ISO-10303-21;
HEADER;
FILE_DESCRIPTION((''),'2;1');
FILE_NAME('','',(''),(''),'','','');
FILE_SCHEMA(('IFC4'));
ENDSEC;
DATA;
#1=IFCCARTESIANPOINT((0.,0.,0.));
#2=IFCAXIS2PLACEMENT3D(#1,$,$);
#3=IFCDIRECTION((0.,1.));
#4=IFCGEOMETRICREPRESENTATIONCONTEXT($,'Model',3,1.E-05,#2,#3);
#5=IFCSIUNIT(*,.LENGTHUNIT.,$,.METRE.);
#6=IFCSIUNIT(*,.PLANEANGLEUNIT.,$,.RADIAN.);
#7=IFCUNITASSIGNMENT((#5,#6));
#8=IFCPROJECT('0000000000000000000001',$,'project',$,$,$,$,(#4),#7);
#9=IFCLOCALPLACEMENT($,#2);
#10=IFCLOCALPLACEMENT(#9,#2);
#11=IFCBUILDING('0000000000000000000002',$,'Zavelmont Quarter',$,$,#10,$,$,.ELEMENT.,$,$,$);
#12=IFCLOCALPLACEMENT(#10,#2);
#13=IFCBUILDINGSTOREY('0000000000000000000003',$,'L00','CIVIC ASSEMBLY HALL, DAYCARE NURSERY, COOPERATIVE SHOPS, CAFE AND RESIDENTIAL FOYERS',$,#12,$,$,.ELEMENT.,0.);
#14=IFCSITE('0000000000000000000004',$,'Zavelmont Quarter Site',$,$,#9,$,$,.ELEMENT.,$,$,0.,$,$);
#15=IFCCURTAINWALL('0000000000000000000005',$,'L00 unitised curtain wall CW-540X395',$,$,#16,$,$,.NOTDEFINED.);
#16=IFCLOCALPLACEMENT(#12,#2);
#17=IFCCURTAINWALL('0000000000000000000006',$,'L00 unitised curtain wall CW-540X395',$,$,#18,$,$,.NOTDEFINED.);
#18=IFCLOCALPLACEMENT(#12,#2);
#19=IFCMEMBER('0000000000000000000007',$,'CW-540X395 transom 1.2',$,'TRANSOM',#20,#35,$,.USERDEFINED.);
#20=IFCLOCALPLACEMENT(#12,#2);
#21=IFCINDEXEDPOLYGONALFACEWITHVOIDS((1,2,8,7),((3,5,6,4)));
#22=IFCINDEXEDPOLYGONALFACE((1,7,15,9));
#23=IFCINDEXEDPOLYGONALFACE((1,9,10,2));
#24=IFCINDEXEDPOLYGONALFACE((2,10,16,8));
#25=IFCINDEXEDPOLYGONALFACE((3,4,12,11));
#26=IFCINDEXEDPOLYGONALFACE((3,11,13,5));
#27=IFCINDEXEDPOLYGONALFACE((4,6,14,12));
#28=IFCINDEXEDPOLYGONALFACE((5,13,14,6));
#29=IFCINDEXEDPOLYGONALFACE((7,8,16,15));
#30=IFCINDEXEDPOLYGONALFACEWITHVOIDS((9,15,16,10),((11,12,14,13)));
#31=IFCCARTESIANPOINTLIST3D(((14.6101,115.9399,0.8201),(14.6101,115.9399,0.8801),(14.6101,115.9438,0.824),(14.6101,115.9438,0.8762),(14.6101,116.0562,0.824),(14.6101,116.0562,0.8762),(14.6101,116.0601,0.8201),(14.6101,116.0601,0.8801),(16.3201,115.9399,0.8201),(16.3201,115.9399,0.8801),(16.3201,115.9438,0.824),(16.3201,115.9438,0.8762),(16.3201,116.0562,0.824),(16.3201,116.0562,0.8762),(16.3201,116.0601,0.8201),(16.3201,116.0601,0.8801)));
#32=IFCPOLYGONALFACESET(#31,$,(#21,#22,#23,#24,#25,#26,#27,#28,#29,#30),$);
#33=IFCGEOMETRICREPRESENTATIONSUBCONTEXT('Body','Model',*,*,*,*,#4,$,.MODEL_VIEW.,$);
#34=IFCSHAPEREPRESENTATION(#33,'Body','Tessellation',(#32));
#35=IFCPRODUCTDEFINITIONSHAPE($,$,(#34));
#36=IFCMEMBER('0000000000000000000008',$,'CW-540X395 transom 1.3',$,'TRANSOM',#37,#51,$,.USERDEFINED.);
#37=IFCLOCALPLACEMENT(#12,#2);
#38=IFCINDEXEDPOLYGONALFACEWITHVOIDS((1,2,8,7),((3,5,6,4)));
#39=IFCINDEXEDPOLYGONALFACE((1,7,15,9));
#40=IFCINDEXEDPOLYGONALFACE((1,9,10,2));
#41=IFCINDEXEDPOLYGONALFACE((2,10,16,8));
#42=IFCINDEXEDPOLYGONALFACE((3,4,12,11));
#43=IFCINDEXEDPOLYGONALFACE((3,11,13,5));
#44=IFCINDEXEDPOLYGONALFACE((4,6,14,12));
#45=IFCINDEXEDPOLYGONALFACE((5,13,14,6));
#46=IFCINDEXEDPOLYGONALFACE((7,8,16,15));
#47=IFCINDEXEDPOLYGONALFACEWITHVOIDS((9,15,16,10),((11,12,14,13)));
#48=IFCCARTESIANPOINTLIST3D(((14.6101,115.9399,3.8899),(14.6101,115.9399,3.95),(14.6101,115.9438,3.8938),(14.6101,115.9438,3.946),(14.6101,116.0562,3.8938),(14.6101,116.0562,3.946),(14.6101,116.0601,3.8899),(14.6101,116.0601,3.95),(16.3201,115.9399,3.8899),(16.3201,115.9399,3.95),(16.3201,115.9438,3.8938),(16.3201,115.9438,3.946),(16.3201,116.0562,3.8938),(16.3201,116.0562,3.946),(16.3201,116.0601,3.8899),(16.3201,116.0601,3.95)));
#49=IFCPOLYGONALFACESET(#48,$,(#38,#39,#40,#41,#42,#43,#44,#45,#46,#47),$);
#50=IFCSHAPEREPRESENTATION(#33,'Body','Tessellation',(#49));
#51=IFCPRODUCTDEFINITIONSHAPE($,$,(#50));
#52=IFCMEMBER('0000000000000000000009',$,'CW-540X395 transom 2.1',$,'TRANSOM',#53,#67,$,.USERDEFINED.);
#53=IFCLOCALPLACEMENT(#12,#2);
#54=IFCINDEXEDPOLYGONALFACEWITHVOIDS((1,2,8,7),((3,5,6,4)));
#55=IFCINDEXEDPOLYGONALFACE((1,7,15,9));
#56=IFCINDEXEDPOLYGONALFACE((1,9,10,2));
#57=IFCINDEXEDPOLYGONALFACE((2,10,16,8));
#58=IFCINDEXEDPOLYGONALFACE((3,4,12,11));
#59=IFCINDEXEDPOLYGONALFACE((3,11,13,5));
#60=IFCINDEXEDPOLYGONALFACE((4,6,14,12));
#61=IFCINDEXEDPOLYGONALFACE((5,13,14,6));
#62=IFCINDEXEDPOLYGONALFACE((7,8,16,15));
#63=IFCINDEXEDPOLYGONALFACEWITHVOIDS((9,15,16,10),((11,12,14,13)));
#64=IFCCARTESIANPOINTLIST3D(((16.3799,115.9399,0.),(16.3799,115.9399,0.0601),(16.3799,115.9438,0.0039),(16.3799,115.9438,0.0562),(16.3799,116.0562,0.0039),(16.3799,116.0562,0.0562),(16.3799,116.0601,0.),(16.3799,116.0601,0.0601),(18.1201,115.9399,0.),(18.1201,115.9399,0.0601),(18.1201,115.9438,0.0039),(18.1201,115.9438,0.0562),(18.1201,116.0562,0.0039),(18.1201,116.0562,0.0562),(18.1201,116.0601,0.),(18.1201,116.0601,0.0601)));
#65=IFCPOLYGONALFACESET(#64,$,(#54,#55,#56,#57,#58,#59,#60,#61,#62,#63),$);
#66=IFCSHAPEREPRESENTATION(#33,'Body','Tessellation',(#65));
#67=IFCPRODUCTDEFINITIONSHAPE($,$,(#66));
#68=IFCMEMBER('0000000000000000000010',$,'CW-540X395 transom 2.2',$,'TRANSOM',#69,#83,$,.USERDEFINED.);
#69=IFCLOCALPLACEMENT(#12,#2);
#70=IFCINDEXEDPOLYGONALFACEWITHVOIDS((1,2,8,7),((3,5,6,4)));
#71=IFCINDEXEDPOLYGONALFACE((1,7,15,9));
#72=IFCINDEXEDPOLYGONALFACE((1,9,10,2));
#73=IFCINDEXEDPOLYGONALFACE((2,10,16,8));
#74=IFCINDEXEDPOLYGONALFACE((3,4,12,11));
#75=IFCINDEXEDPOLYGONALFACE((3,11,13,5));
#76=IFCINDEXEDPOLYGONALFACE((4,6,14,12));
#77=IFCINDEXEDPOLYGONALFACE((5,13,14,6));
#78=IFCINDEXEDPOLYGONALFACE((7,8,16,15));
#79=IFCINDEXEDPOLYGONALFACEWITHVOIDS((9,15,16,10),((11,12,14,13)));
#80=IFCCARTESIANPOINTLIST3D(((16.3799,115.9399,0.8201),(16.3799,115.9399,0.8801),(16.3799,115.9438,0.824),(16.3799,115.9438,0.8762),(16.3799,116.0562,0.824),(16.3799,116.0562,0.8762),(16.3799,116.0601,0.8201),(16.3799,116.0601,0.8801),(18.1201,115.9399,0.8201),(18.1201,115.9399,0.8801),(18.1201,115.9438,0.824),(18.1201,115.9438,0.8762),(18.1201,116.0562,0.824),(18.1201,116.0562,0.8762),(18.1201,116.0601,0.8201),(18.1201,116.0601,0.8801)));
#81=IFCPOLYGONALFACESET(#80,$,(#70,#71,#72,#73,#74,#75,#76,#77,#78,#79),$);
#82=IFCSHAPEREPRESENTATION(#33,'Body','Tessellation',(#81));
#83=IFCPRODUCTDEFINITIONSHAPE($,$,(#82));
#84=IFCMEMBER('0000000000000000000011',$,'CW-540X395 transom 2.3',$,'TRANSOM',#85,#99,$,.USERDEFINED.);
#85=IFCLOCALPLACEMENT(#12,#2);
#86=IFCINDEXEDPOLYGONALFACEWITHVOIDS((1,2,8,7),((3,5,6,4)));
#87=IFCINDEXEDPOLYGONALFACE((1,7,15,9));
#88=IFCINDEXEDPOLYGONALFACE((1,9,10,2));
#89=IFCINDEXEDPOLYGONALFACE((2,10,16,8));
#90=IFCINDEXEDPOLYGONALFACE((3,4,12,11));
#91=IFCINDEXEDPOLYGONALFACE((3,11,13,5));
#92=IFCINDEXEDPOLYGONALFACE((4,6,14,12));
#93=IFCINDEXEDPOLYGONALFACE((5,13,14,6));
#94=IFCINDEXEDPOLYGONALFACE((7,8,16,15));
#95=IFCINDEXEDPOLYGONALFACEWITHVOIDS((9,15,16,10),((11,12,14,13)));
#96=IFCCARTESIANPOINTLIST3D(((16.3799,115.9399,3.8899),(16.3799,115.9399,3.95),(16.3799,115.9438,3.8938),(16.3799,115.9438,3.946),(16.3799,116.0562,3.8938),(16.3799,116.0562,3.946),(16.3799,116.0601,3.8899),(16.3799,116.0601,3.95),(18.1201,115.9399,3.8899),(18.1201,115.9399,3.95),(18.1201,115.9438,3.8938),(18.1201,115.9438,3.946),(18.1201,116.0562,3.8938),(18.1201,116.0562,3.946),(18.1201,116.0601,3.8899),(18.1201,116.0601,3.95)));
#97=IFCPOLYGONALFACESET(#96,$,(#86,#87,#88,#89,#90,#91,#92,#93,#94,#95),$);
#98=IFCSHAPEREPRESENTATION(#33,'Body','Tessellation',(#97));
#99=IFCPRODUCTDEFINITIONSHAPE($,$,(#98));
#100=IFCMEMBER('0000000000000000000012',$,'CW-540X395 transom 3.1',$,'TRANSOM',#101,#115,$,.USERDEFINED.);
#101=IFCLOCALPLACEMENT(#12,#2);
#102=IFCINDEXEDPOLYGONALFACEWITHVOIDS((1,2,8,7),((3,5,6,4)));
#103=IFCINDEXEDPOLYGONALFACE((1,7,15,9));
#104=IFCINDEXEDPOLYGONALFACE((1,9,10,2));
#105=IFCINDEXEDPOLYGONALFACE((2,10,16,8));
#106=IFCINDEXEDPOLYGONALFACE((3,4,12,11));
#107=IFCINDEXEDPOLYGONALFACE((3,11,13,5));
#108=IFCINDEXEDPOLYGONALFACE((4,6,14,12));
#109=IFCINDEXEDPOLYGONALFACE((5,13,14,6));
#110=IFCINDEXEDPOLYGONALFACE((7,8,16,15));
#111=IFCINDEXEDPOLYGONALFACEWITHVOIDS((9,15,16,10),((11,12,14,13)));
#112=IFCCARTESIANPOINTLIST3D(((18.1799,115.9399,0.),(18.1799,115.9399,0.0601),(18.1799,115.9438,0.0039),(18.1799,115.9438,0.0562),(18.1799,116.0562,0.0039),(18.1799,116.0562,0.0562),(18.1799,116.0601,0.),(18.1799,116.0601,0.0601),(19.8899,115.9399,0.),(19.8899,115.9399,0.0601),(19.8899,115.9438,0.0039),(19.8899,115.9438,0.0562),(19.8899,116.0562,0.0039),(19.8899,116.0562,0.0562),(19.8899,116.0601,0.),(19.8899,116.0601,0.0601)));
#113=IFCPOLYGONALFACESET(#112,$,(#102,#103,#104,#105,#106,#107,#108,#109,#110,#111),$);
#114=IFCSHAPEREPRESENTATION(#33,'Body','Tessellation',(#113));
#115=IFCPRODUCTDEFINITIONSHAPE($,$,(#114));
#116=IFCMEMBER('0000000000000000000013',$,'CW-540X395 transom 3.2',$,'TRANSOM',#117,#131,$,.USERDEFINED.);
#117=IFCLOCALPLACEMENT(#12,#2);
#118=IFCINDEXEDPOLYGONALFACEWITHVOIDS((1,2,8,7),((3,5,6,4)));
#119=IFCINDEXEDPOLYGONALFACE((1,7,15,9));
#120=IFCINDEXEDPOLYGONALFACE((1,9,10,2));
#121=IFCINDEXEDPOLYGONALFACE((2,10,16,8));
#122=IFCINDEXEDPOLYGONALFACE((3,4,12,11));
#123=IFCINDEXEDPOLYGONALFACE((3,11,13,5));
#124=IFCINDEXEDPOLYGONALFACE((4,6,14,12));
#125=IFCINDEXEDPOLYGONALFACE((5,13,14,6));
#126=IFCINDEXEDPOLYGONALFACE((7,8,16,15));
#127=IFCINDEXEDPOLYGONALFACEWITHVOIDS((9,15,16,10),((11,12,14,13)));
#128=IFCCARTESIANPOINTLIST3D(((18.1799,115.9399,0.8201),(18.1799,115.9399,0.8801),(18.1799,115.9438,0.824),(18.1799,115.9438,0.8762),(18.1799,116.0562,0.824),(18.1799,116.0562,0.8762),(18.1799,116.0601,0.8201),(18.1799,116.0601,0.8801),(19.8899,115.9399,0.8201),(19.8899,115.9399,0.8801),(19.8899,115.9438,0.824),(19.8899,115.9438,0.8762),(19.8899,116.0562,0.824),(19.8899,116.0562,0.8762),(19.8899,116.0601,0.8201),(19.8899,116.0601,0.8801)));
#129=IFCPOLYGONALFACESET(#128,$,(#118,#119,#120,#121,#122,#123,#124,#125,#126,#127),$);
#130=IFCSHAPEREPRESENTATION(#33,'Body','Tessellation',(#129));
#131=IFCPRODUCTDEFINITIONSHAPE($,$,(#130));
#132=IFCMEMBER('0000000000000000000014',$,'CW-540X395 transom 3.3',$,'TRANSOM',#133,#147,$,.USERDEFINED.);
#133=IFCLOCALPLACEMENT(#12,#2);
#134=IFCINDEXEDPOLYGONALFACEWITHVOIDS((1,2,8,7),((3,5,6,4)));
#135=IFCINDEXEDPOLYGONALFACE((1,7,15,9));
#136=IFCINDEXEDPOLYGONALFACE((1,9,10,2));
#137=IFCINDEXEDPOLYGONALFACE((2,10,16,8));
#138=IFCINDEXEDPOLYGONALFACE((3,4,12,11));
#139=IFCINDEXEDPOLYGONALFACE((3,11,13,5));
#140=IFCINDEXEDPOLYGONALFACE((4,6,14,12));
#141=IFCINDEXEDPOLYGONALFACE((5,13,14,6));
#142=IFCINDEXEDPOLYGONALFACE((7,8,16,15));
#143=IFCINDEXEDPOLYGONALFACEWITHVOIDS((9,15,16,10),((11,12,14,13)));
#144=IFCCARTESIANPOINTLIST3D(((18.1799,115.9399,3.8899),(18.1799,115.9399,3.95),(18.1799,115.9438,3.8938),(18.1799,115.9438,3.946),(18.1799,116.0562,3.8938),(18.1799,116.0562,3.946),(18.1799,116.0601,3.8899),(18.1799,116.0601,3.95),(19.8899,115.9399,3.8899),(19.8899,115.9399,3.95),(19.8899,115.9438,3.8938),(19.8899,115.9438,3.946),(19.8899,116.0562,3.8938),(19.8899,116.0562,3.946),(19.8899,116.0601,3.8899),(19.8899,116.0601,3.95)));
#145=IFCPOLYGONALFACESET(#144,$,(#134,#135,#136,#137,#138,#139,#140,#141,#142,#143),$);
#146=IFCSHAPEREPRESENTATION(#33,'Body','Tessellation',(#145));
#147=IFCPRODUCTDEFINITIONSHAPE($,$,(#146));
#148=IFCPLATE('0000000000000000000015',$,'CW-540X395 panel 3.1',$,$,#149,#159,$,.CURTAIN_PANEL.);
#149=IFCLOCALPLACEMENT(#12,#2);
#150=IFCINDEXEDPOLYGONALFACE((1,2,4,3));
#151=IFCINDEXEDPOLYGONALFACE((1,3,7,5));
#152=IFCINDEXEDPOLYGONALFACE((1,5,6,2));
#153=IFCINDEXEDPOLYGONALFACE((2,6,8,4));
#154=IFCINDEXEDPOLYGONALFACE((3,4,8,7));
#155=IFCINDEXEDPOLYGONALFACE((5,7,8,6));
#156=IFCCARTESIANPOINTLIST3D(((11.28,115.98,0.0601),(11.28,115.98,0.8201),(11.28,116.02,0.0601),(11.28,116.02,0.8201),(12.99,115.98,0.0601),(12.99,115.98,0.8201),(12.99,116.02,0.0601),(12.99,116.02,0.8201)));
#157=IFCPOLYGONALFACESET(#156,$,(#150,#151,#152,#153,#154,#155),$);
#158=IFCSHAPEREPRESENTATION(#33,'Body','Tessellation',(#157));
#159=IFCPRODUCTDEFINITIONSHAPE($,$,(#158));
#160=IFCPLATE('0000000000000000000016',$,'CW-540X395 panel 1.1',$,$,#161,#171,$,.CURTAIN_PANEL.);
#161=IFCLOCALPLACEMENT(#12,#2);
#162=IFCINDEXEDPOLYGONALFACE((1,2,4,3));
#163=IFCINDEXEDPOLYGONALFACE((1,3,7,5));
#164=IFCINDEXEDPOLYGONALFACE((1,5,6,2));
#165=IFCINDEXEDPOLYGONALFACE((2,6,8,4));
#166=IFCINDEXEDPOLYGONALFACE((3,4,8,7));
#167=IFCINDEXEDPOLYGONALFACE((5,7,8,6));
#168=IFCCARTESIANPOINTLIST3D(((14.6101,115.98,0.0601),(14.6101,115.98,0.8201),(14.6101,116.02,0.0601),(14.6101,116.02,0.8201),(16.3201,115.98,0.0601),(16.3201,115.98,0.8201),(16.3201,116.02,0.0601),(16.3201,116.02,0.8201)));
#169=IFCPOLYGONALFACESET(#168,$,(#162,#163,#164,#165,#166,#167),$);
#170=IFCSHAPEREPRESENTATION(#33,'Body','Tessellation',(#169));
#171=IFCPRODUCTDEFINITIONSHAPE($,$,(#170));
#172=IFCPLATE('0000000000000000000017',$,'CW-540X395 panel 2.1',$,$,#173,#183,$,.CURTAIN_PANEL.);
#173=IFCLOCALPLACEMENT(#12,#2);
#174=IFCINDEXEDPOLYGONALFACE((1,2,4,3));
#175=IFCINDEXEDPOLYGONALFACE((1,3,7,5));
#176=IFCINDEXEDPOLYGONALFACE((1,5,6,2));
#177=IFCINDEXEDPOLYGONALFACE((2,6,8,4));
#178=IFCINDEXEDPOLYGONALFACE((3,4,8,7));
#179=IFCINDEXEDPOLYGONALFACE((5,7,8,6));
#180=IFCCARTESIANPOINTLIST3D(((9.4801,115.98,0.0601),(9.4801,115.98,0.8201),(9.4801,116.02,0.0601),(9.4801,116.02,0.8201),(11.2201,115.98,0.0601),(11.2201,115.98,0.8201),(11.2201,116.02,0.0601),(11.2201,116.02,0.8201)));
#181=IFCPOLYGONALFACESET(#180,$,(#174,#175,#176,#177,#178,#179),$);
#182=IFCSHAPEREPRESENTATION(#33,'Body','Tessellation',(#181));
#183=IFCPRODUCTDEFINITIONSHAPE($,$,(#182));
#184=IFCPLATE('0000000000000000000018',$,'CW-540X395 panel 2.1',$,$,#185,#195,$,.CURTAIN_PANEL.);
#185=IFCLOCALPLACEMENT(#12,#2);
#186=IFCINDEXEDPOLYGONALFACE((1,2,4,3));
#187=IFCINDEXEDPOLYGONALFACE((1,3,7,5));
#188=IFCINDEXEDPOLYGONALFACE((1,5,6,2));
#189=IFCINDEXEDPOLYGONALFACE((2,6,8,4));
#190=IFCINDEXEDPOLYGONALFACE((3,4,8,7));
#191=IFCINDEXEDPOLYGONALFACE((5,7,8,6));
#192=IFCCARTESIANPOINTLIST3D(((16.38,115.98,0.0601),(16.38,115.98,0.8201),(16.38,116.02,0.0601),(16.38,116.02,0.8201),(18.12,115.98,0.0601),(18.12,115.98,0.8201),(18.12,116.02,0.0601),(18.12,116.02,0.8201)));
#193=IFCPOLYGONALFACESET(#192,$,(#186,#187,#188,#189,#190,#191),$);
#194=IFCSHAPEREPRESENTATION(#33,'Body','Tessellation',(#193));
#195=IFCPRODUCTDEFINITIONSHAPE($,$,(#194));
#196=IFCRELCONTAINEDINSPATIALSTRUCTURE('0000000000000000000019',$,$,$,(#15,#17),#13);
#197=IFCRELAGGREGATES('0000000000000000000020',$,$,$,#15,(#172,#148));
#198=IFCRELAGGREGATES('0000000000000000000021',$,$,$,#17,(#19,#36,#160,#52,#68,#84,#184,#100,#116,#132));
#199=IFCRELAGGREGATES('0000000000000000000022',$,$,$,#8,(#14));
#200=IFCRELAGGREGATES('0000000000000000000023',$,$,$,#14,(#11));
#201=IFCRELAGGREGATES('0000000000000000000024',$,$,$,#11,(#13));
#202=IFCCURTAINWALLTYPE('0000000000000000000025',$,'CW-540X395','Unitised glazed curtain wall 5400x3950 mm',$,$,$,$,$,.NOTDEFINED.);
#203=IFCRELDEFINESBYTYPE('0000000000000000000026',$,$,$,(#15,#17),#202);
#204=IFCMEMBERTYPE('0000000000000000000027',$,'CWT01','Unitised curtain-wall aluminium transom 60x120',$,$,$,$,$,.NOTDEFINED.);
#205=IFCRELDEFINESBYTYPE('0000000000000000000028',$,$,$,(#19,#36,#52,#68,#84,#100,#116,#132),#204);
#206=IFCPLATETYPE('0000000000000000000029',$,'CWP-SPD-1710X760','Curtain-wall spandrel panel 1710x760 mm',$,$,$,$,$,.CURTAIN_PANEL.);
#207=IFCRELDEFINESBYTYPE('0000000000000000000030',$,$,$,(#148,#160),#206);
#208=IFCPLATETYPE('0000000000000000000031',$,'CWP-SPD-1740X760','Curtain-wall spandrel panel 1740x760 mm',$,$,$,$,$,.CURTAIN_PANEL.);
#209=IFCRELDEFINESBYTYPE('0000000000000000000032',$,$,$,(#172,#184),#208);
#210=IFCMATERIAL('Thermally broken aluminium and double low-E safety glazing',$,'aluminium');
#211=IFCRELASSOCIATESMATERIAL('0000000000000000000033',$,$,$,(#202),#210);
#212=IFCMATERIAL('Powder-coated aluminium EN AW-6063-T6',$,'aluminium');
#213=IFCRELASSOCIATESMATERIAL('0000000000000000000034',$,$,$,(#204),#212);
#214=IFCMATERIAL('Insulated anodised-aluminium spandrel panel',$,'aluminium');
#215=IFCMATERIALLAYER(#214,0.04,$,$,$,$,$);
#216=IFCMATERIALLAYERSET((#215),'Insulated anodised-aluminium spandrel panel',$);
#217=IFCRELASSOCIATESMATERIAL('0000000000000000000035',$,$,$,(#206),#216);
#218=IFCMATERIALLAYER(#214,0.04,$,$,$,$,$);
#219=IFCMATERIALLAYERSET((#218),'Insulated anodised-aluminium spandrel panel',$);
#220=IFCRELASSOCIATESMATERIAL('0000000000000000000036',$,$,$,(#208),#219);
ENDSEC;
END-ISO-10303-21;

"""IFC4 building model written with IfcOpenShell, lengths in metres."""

from ifc_helpers import new_model, si_unit, direction, frame, origin, origin_2d, place, context, subcontext, project, spatial, rectangle, hollow_rectangle, extrude, material, layer, layer_set, material_profile, profile_set, type_object, element, aggregate, save


model = new_model("IFC4")

# Units and contexts
model_context = context("Model", 3, precision=1e-05, world=origin(), true_north=direction((0.0, 1.0)))
body_context = subcontext(model_context, "Body", "Model", "MODEL_VIEW")
ifc_project = project(units=[si_unit("LENGTHUNIT", "METRE"), si_unit("PLANEANGLEUNIT", "RADIAN")], contexts=[model_context])

# Site, building, storey
site_placement = place(None, origin())
site = spatial("IfcSite", under=ifc_project, at=site_placement, Name="Zavelmont Quarter Site", CompositionType="ELEMENT", RefElevation=0.0)
building_placement = place(site_placement, origin())
building = spatial("IfcBuilding", under=site, at=building_placement, Name="Zavelmont Quarter", CompositionType="ELEMENT")
storey_placement = place(building_placement, origin())
storey = spatial("IfcBuildingStorey", under=building, at=storey_placement, Name="L00", Description="CIVIC ASSEMBLY HALL, DAYCARE NURSERY, COOPERATIVE SHOPS, CAFE AND RESIDENTIAL FOYERS", CompositionType="ELEMENT", Elevation=0.0)

# Curtain walls
ifc_material_1 = material(Name="Thermally broken aluminium and double low-E safety glazing", Category="aluminium")
curtain_wall_type = type_object("IfcCurtainWallType", Name="CW-540X395", Description="Unitised glazed curtain wall 5400x3950 mm", PredefinedType="NOTDEFINED", material=ifc_material_1)
curtain_wall_1_placement = place(storey_placement, origin())
curtain_wall_1 = element("IfcCurtainWall", 1, at=curtain_wall_1_placement, inside=storey, type_object=curtain_wall_type, Name="L00 unitised curtain wall CW-540X395", PredefinedType="NOTDEFINED")
ifc_material_2 = material(Name="Powder-coated aluminium EN AW-6063-T6", Category="aluminium")
curtain_wall_2_placement = place(storey_placement, origin())
curtain_wall_2 = element("IfcCurtainWall", 2, at=curtain_wall_2_placement, inside=storey, type_object=curtain_wall_type, Name="L00 unitised curtain wall CW-540X395", PredefinedType="NOTDEFINED")

# Members
ifc_material_profile_1 = material_profile(ifc_material_2, hollow_rectangle(XDim=0.1201, YDim=0.0601, WallThickness=0.0039, at=origin_2d()), Name="CWT60X120")
ifc_profile_set_1 = profile_set([ifc_material_profile_1], Name="Powder-coated aluminium EN AW-6063-T6")
member_type_1 = type_object("IfcMemberType", Name="CWT01", Description="Unitised curtain-wall aluminium transom 60x120", PredefinedType="NOTDEFINED", material=ifc_profile_set_1)
member_1_placement = place(storey_placement, frame((14.6101, 116.0, 0.8501), z_axis=(1.0, 0.0, 0.0), x_axis=(0.0, 1.0, 0.0)))
member_1 = element("IfcMember", 3, at=member_1_placement, type_object=member_type_1, Name="CW-540X395 transom 1.2", ObjectType="TRANSOM", PredefinedType="USERDEFINED", context=body_context, shape_type="SweptSolid", body=[
    extrude(hollow_rectangle(XDim=0.1201, YDim=0.0601, WallThickness=0.0039, at=origin_2d()), origin(), (0.0, 0.0, 1.0), 1.71),
])
member_2_placement = place(storey_placement, frame((14.6101, 116.0, 3.9199), z_axis=(1.0, 0.0, 0.0), x_axis=(0.0, 1.0, 0.0)))
member_2 = element("IfcMember", 4, at=member_2_placement, type_object=member_type_1, Name="CW-540X395 transom 1.3", ObjectType="TRANSOM", PredefinedType="USERDEFINED", context=body_context, shape_type="SweptSolid", body=[
    extrude(hollow_rectangle(XDim=0.1201, YDim=0.0601, WallThickness=0.0039, at=origin_2d()), origin(), (0.0, 0.0, 1.0), 1.71),
])
member_3_placement = place(storey_placement, frame((16.3799, 116.0, 0.03), z_axis=(1.0, 0.0, 0.0), x_axis=(0.0, 1.0, 0.0)))
member_3 = element("IfcMember", 5, at=member_3_placement, type_object=member_type_1, Name="CW-540X395 transom 2.1", ObjectType="TRANSOM", PredefinedType="USERDEFINED", context=body_context, shape_type="SweptSolid", body=[
    extrude(hollow_rectangle(XDim=0.1201, YDim=0.0601, WallThickness=0.0039, at=origin_2d()), origin(), (0.0, 0.0, 1.0), 1.7402),
])
member_4_placement = place(storey_placement, frame((16.3799, 116.0, 0.8501), z_axis=(1.0, 0.0, 0.0), x_axis=(0.0, 1.0, 0.0)))
member_4 = element("IfcMember", 6, at=member_4_placement, type_object=member_type_1, Name="CW-540X395 transom 2.2", ObjectType="TRANSOM", PredefinedType="USERDEFINED", context=body_context, shape_type="SweptSolid", body=[
    extrude(hollow_rectangle(XDim=0.1201, YDim=0.0601, WallThickness=0.0039, at=origin_2d()), origin(), (0.0, 0.0, 1.0), 1.7402),
])
member_5_placement = place(storey_placement, frame((16.3799, 116.0, 3.9199), z_axis=(1.0, 0.0, 0.0), x_axis=(0.0, 1.0, 0.0)))
member_5 = element("IfcMember", 7, at=member_5_placement, type_object=member_type_1, Name="CW-540X395 transom 2.3", ObjectType="TRANSOM", PredefinedType="USERDEFINED", context=body_context, shape_type="SweptSolid", body=[
    extrude(hollow_rectangle(XDim=0.1201, YDim=0.0601, WallThickness=0.0039, at=origin_2d()), origin(), (0.0, 0.0, 1.0), 1.7402),
])
member_6_placement = place(storey_placement, frame((18.1799, 116.0, 0.03), z_axis=(1.0, 0.0, 0.0), x_axis=(0.0, 1.0, 0.0)))
member_6 = element("IfcMember", 8, at=member_6_placement, type_object=member_type_1, Name="CW-540X395 transom 3.1", ObjectType="TRANSOM", PredefinedType="USERDEFINED", context=body_context, shape_type="SweptSolid", body=[
    extrude(hollow_rectangle(XDim=0.1201, YDim=0.0601, WallThickness=0.0039, at=origin_2d()), origin(), (0.0, 0.0, 1.0), 1.71),
])
member_7_placement = place(storey_placement, frame((18.1799, 116.0, 0.8501), z_axis=(1.0, 0.0, 0.0), x_axis=(0.0, 1.0, 0.0)))
member_7 = element("IfcMember", 9, at=member_7_placement, type_object=member_type_1, Name="CW-540X395 transom 3.2", ObjectType="TRANSOM", PredefinedType="USERDEFINED", context=body_context, shape_type="SweptSolid", body=[
    extrude(hollow_rectangle(XDim=0.1201, YDim=0.0601, WallThickness=0.0039, at=origin_2d()), origin(), (0.0, 0.0, 1.0), 1.71),
])
member_8_placement = place(storey_placement, frame((18.1799, 116.0, 3.9199), z_axis=(1.0, 0.0, 0.0), x_axis=(0.0, 1.0, 0.0)))
member_8 = element("IfcMember", 10, at=member_8_placement, type_object=member_type_1, Name="CW-540X395 transom 3.3", ObjectType="TRANSOM", PredefinedType="USERDEFINED", context=body_context, shape_type="SweptSolid", body=[
    extrude(hollow_rectangle(XDim=0.1201, YDim=0.0601, WallThickness=0.0039, at=origin_2d()), origin(), (0.0, 0.0, 1.0), 1.71),
])

# Plates
ifc_material_3 = material(Name="Insulated anodised-aluminium spandrel panel", Category="aluminium")
ifc_layer_1 = layer(ifc_material_3, 0.04)
ifc_layer_set_1 = layer_set([ifc_layer_1], Name="Insulated anodised-aluminium spandrel panel")
plate_type_1 = type_object("IfcPlateType", Name="CWP-SPD-1710X760", Description="Curtain-wall spandrel panel 1710x760 mm", PredefinedType="CURTAIN_PANEL", material=ifc_layer_set_1)
plate_1_placement = place(storey_placement, frame((12.135, 116.0, 0.0601), z_axis=(0.0, 0.0, 1.0), x_axis=(1.0, 0.0, 0.0)))
plate_1 = element("IfcPlate", 11, at=plate_1_placement, type_object=plate_type_1, Name="CW-540X395 panel 3.1", PredefinedType="CURTAIN_PANEL", context=body_context, shape_type="SweptSolid", body=[
    extrude(rectangle(XDim=1.71, YDim=0.04, at=origin_2d()), origin(), (0.0, 0.0, 1.0), 0.76),
])
plate_2_placement = place(storey_placement, frame((15.4651, 116.0, 0.0601), z_axis=(0.0, 0.0, 1.0), x_axis=(1.0, 0.0, 0.0)))
plate_2 = element("IfcPlate", 12, at=plate_2_placement, type_object=plate_type_1, Name="CW-540X395 panel 1.1", PredefinedType="CURTAIN_PANEL", context=body_context, shape_type="SweptSolid", body=[
    extrude(rectangle(XDim=1.71, YDim=0.04, at=origin_2d()), origin(), (0.0, 0.0, 1.0), 0.76),
])
ifc_layer_2 = layer(ifc_material_3, 0.04)
ifc_layer_set_2 = layer_set([ifc_layer_2], Name="Insulated anodised-aluminium spandrel panel")
plate_type_2 = type_object("IfcPlateType", Name="CWP-SPD-1740X760", Description="Curtain-wall spandrel panel 1740x760 mm", PredefinedType="CURTAIN_PANEL", material=ifc_layer_set_2)
plate_3_placement = place(storey_placement, frame((10.3501, 116.0, 0.0601), z_axis=(0.0, 0.0, 1.0), x_axis=(1.0, 0.0, 0.0)))
plate_3 = element("IfcPlate", 13, at=plate_3_placement, type_object=plate_type_2, Name="CW-540X395 panel 2.1", PredefinedType="CURTAIN_PANEL", context=body_context, shape_type="SweptSolid", body=[
    extrude(rectangle(XDim=1.74, YDim=0.04, at=origin_2d()), origin(), (0.0, 0.0, 1.0), 0.76),
])
plate_4_placement = place(storey_placement, frame((17.25, 116.0, 0.0601), z_axis=(0.0, 0.0, 1.0), x_axis=(1.0, 0.0, 0.0)))
plate_4 = element("IfcPlate", 14, at=plate_4_placement, type_object=plate_type_2, Name="CW-540X395 panel 2.1", PredefinedType="CURTAIN_PANEL", context=body_context, shape_type="SweptSolid", body=[
    extrude(rectangle(XDim=1.74, YDim=0.04, at=origin_2d()), origin(), (0.0, 0.0, 1.0), 0.76),
])
aggregate(curtain_wall_1, [plate_3, plate_1])
aggregate(curtain_wall_2, [member_1, member_2, plate_2, member_3, member_4, member_5, plate_4, member_6, member_7, member_8])

save(model, "model.ifc")
